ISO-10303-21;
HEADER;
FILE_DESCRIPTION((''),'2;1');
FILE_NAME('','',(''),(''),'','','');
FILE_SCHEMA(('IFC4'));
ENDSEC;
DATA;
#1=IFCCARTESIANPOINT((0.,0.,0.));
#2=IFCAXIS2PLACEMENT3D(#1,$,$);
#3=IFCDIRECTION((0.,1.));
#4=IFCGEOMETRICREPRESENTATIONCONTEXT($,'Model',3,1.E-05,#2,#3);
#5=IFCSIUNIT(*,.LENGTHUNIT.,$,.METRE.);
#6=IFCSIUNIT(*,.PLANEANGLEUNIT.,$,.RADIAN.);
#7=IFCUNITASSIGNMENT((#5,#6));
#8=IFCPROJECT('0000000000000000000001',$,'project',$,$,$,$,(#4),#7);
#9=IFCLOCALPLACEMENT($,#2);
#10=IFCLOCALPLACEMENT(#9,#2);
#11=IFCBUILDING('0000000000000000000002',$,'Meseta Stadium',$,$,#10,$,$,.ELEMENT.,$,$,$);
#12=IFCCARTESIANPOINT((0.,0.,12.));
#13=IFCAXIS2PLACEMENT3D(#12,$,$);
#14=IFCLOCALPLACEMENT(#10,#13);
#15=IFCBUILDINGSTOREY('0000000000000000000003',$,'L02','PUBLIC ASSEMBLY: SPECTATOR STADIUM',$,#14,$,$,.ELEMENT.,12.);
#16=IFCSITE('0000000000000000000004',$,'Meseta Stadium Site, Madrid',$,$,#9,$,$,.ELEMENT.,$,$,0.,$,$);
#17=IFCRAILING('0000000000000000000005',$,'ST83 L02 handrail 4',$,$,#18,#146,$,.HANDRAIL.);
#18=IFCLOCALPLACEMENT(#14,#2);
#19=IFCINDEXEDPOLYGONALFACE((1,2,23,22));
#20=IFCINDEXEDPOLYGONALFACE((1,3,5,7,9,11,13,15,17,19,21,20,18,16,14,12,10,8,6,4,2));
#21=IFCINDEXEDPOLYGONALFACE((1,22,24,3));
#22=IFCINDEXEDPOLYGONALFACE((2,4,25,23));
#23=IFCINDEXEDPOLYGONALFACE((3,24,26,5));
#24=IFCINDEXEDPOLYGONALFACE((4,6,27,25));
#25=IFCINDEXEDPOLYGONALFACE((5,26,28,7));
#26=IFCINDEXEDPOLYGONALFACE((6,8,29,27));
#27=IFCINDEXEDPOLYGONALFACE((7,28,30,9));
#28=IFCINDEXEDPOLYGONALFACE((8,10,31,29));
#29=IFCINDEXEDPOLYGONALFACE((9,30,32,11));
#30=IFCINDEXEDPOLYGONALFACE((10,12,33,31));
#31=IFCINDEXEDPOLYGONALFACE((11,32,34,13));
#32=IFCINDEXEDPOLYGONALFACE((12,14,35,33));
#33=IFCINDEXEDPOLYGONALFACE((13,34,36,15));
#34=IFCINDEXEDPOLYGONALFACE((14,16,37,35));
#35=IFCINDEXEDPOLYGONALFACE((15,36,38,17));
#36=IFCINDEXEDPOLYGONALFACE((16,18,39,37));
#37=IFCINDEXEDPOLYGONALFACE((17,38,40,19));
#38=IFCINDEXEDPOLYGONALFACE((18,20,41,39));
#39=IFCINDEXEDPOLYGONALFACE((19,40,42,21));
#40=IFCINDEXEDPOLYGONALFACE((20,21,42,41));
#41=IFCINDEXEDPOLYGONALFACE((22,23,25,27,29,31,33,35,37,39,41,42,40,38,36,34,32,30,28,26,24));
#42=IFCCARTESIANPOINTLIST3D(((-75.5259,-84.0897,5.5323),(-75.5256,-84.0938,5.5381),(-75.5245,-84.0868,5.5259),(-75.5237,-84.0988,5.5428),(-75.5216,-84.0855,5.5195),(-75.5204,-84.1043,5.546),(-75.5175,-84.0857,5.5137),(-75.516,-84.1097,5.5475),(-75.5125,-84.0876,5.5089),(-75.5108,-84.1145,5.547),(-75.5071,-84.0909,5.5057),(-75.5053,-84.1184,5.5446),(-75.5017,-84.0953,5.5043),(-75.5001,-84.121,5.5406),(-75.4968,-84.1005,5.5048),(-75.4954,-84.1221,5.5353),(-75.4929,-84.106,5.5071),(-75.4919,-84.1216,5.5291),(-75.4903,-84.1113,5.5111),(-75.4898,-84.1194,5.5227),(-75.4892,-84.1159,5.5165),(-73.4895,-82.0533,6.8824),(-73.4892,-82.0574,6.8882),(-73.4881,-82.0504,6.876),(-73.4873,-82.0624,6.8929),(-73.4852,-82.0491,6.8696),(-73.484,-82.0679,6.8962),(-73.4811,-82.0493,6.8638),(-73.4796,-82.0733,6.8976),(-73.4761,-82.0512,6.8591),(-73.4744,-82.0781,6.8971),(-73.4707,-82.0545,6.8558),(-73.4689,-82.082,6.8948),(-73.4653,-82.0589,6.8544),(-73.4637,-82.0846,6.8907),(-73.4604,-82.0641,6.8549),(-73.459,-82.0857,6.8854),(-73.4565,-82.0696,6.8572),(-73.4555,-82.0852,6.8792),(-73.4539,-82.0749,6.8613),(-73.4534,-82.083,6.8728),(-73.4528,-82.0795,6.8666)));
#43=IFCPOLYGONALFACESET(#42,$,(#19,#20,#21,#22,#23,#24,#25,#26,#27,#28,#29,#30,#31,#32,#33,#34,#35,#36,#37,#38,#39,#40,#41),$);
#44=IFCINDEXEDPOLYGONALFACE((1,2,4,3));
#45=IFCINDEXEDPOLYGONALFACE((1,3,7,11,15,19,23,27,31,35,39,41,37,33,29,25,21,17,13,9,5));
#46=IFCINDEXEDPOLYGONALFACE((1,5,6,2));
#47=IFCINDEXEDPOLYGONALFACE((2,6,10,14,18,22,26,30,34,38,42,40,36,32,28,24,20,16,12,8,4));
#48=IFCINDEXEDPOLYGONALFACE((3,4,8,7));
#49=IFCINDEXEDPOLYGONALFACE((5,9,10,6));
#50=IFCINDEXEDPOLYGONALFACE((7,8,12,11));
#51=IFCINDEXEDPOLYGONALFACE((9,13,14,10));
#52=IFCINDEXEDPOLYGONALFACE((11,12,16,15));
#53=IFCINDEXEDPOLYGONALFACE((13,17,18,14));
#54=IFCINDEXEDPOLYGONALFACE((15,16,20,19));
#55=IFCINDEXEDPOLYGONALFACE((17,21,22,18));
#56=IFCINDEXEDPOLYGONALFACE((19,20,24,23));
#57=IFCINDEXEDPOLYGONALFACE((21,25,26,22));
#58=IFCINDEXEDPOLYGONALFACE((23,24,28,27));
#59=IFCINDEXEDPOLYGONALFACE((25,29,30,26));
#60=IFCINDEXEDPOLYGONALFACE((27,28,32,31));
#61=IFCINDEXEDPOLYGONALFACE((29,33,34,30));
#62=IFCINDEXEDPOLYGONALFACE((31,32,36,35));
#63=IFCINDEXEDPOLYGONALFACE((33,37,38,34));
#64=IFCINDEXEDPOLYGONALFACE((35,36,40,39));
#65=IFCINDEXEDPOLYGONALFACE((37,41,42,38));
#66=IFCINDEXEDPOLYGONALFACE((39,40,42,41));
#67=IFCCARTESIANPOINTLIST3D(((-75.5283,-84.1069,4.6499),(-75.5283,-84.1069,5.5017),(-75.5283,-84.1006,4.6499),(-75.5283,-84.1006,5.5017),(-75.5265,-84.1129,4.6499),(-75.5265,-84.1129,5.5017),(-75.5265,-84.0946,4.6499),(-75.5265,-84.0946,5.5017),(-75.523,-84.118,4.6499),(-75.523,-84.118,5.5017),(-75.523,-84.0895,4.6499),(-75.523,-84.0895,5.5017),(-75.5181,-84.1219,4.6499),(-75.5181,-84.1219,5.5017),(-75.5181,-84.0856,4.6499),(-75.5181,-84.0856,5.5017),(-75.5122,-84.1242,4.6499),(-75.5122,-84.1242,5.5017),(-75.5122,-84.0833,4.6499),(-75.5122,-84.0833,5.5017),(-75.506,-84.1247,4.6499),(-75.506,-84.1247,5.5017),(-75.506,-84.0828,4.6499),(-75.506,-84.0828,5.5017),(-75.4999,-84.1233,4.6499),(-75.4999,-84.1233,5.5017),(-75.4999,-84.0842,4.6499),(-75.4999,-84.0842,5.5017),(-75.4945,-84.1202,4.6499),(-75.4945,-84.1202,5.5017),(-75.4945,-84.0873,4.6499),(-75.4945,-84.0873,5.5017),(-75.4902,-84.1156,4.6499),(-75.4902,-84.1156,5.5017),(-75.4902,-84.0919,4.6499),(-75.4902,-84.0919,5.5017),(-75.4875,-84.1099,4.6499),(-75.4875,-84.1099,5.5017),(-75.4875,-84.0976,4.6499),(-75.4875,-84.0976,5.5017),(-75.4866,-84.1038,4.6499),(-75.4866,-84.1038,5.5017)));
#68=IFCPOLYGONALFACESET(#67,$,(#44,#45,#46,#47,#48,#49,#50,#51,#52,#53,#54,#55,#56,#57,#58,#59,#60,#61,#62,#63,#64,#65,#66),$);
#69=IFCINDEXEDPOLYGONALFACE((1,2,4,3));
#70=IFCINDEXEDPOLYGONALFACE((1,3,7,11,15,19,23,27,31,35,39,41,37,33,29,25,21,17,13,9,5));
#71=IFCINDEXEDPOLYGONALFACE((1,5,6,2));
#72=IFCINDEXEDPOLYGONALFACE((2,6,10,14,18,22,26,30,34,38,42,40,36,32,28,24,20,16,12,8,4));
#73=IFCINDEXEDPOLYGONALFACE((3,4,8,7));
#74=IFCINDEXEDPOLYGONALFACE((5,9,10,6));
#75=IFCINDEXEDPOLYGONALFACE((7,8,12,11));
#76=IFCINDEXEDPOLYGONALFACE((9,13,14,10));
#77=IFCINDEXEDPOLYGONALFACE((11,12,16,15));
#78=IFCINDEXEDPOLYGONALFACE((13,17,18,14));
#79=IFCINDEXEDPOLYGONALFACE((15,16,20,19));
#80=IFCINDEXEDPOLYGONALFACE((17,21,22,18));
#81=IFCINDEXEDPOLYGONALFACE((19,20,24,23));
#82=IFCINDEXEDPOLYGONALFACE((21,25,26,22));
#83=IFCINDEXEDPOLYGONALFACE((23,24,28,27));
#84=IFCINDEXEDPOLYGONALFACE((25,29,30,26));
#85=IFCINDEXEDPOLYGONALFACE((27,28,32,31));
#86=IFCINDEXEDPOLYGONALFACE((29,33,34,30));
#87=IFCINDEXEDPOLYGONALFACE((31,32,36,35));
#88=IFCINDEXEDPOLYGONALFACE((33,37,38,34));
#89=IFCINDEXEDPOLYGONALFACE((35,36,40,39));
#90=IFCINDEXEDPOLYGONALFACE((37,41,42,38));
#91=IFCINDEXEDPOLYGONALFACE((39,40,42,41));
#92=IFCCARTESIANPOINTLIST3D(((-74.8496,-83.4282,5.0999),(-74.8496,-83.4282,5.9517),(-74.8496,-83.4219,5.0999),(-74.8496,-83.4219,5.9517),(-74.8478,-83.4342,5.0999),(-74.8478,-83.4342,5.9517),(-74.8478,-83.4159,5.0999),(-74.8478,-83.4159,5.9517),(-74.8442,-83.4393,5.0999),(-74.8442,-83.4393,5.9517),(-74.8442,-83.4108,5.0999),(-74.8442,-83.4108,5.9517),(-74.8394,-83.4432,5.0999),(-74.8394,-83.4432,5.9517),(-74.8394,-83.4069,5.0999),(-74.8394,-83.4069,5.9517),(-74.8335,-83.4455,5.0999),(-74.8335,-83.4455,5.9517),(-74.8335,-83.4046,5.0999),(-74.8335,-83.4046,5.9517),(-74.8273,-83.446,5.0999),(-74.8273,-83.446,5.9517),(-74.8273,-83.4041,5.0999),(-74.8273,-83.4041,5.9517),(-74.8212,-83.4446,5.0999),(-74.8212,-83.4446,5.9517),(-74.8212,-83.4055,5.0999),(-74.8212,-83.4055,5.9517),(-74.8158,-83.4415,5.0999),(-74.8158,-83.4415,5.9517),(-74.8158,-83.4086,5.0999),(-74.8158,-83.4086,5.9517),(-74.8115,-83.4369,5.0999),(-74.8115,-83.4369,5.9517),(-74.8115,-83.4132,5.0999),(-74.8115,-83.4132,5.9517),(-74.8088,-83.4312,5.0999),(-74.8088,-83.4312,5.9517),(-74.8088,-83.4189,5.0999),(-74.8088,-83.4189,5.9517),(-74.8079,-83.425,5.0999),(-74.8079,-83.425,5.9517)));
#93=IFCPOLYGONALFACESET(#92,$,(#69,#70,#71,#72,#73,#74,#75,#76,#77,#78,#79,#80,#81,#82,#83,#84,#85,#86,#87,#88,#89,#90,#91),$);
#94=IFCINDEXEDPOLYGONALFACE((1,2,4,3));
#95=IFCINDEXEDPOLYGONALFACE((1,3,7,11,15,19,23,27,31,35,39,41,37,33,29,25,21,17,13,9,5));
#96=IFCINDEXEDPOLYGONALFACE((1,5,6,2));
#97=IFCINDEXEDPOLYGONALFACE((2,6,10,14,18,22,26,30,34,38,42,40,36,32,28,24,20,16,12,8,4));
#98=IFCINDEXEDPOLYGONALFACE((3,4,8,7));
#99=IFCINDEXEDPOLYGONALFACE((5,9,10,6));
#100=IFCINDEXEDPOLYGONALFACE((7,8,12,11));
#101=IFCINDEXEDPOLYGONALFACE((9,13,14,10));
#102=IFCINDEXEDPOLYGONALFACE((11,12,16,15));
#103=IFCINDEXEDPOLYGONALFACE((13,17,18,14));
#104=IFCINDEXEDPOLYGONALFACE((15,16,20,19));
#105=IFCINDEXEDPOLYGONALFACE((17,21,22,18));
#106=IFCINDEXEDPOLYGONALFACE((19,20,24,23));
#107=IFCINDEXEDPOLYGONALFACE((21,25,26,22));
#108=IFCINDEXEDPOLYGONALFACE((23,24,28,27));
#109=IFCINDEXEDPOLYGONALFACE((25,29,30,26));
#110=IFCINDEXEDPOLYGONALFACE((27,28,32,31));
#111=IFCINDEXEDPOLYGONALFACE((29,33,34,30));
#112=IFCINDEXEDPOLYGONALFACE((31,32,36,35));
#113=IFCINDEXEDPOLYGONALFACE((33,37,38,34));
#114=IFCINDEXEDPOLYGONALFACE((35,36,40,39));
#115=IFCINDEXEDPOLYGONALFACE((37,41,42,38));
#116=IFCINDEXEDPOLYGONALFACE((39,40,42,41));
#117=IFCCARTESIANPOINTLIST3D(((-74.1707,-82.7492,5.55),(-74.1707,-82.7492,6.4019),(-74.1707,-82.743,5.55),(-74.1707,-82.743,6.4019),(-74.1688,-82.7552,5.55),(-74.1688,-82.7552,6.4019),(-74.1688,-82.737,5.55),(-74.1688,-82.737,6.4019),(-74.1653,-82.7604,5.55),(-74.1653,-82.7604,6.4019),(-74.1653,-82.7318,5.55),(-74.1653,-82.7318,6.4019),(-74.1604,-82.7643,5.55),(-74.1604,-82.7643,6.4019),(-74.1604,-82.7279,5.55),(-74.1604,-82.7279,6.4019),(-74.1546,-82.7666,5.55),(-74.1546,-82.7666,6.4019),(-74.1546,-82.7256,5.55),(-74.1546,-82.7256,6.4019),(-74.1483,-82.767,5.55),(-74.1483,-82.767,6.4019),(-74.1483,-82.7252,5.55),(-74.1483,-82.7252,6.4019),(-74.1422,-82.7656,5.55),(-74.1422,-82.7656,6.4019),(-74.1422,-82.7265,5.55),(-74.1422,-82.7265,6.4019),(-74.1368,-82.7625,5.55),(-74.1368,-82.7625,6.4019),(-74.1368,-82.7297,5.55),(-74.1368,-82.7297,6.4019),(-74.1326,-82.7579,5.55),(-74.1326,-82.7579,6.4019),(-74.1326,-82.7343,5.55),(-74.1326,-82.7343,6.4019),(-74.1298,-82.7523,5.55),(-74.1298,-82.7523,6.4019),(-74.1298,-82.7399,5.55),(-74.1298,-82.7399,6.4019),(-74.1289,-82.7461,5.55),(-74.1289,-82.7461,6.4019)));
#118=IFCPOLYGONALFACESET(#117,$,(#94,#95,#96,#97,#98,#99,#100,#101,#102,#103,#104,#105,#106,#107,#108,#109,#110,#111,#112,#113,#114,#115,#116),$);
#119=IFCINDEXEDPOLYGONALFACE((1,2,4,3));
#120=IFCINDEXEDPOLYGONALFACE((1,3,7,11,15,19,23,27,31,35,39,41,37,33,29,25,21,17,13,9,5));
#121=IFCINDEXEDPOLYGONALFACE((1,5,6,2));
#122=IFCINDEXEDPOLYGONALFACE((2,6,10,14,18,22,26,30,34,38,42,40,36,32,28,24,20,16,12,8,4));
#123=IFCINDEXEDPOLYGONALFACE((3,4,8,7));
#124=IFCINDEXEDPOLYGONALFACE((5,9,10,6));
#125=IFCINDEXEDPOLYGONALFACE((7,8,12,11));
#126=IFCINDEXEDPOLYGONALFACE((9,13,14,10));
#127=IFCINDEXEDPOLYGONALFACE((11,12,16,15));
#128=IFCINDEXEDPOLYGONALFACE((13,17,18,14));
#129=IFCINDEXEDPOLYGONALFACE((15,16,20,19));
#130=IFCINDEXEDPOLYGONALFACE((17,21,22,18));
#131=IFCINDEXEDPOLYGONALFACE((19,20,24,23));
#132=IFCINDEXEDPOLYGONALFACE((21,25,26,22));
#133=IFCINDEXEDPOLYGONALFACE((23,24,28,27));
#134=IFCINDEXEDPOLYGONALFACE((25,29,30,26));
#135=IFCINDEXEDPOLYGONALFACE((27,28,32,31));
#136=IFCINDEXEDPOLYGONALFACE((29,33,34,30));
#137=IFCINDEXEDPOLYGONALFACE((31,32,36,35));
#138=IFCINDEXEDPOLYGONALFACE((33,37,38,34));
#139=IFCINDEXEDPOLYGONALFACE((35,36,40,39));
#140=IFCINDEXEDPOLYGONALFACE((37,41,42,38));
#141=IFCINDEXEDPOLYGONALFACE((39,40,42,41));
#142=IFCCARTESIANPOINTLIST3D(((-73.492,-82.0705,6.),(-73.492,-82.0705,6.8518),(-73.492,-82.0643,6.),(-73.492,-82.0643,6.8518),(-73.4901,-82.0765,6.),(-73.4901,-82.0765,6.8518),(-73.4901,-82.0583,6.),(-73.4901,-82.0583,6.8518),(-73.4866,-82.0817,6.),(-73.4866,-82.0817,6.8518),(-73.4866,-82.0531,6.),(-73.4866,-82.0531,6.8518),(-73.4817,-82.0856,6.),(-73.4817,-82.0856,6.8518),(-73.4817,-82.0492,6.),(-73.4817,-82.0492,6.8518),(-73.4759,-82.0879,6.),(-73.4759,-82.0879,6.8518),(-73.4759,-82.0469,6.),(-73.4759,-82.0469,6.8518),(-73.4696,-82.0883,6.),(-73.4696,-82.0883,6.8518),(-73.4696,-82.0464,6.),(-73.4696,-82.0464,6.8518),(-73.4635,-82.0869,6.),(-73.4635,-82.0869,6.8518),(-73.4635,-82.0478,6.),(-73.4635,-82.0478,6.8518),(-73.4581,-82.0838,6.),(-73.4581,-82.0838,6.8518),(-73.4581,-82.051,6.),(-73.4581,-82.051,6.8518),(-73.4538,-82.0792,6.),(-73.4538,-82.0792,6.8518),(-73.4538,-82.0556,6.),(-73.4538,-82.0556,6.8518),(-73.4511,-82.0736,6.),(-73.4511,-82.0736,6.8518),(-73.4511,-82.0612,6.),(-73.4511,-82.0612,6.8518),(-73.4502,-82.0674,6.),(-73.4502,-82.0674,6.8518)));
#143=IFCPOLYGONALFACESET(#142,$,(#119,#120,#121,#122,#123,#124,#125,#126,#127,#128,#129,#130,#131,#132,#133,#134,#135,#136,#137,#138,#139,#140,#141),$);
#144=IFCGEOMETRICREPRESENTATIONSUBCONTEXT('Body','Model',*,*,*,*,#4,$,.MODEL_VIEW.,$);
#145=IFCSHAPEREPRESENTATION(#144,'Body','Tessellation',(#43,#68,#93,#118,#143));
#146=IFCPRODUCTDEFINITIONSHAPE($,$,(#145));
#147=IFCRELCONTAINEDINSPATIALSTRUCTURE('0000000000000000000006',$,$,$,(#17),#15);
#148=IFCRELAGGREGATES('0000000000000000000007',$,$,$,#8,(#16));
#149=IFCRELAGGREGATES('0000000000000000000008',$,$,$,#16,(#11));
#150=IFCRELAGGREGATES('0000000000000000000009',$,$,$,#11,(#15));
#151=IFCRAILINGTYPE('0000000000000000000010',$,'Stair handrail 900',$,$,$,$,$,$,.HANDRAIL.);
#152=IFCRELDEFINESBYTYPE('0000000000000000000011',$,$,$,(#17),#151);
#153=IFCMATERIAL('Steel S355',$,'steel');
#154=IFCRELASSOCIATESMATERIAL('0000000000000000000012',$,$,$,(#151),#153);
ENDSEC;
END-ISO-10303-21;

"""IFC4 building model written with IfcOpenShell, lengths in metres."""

from ifc_helpers import new_model, si_unit, direction, frame, origin, origin_2d, place, context, subcontext, project, spatial, circle, extrude, material, type_object, element, save


model = new_model("IFC4")

# Units and contexts
model_context = context("Model", 3, precision=1e-05, world=origin(), true_north=direction((0.0, 1.0)))
body_context = subcontext(model_context, "Body", "Model", "MODEL_VIEW")
ifc_project = project(units=[si_unit("LENGTHUNIT", "METRE"), si_unit("PLANEANGLEUNIT", "RADIAN")], contexts=[model_context])

# Site, building, storey
site_placement = place(None, origin())
site = spatial("IfcSite", under=ifc_project, at=site_placement, Name="Meseta Stadium Site, Madrid", CompositionType="ELEMENT", RefElevation=0.0)
building_placement = place(site_placement, origin())
building = spatial("IfcBuilding", under=site, at=building_placement, Name="Meseta Stadium", CompositionType="ELEMENT")
storey_placement = place(building_placement, frame((0.0, 0.0, 12.0)))
storey = spatial("IfcBuildingStorey", under=building, at=storey_placement, Name="L02", Description="PUBLIC ASSEMBLY: SPECTATOR STADIUM", CompositionType="ELEMENT", Elevation=12.0)

# Railing
ifc_material_1 = material(Name="Steel S355", Category="steel")
railing_type_1 = type_object("IfcRailingType", Name="Stair handrail 900", PredefinedType="HANDRAIL", material=ifc_material_1)
for number, where, name in (
    (1, (-75.5076, -84.1038, 4.6499), "ST83 L02 handrail 4"),
):
    element("IfcRailing", number, at=place(storey_placement, frame(where)), inside=storey, type_object=railing_type_1, Name=name, PredefinedType="HANDRAIL", context=body_context, shape_type="SweptSolid", body=[
        extrude(circle(Radius=0.0239, at=origin_2d()), frame((0.0, 0.0, 0.876), z_axis=(0.640243, 0.640243, 0.424475), x_axis=(-0.707107, 0.707107, 0.0)), (0.0, 0.0, 1.0), 3.1807),
        extrude(circle(Radius=0.021, at=origin_2d()), origin(), (0.0, 0.0, 1.0), 0.8518),
        extrude(circle(Radius=0.021, at=origin_2d()), frame((0.6787, 0.6787, 0.45)), (0.0, 0.0, 1.0), 0.8518),
        extrude(circle(Radius=0.021, at=origin_2d()), frame((1.3577, 1.3577, 0.9001)), (0.0, 0.0, 1.0), 0.8518),
        extrude(circle(Radius=0.021, at=origin_2d()), frame((2.0364, 2.0364, 1.3501)), (0.0, 0.0, 1.0), 0.8518),
    ])

save(model, "model.ifc")
